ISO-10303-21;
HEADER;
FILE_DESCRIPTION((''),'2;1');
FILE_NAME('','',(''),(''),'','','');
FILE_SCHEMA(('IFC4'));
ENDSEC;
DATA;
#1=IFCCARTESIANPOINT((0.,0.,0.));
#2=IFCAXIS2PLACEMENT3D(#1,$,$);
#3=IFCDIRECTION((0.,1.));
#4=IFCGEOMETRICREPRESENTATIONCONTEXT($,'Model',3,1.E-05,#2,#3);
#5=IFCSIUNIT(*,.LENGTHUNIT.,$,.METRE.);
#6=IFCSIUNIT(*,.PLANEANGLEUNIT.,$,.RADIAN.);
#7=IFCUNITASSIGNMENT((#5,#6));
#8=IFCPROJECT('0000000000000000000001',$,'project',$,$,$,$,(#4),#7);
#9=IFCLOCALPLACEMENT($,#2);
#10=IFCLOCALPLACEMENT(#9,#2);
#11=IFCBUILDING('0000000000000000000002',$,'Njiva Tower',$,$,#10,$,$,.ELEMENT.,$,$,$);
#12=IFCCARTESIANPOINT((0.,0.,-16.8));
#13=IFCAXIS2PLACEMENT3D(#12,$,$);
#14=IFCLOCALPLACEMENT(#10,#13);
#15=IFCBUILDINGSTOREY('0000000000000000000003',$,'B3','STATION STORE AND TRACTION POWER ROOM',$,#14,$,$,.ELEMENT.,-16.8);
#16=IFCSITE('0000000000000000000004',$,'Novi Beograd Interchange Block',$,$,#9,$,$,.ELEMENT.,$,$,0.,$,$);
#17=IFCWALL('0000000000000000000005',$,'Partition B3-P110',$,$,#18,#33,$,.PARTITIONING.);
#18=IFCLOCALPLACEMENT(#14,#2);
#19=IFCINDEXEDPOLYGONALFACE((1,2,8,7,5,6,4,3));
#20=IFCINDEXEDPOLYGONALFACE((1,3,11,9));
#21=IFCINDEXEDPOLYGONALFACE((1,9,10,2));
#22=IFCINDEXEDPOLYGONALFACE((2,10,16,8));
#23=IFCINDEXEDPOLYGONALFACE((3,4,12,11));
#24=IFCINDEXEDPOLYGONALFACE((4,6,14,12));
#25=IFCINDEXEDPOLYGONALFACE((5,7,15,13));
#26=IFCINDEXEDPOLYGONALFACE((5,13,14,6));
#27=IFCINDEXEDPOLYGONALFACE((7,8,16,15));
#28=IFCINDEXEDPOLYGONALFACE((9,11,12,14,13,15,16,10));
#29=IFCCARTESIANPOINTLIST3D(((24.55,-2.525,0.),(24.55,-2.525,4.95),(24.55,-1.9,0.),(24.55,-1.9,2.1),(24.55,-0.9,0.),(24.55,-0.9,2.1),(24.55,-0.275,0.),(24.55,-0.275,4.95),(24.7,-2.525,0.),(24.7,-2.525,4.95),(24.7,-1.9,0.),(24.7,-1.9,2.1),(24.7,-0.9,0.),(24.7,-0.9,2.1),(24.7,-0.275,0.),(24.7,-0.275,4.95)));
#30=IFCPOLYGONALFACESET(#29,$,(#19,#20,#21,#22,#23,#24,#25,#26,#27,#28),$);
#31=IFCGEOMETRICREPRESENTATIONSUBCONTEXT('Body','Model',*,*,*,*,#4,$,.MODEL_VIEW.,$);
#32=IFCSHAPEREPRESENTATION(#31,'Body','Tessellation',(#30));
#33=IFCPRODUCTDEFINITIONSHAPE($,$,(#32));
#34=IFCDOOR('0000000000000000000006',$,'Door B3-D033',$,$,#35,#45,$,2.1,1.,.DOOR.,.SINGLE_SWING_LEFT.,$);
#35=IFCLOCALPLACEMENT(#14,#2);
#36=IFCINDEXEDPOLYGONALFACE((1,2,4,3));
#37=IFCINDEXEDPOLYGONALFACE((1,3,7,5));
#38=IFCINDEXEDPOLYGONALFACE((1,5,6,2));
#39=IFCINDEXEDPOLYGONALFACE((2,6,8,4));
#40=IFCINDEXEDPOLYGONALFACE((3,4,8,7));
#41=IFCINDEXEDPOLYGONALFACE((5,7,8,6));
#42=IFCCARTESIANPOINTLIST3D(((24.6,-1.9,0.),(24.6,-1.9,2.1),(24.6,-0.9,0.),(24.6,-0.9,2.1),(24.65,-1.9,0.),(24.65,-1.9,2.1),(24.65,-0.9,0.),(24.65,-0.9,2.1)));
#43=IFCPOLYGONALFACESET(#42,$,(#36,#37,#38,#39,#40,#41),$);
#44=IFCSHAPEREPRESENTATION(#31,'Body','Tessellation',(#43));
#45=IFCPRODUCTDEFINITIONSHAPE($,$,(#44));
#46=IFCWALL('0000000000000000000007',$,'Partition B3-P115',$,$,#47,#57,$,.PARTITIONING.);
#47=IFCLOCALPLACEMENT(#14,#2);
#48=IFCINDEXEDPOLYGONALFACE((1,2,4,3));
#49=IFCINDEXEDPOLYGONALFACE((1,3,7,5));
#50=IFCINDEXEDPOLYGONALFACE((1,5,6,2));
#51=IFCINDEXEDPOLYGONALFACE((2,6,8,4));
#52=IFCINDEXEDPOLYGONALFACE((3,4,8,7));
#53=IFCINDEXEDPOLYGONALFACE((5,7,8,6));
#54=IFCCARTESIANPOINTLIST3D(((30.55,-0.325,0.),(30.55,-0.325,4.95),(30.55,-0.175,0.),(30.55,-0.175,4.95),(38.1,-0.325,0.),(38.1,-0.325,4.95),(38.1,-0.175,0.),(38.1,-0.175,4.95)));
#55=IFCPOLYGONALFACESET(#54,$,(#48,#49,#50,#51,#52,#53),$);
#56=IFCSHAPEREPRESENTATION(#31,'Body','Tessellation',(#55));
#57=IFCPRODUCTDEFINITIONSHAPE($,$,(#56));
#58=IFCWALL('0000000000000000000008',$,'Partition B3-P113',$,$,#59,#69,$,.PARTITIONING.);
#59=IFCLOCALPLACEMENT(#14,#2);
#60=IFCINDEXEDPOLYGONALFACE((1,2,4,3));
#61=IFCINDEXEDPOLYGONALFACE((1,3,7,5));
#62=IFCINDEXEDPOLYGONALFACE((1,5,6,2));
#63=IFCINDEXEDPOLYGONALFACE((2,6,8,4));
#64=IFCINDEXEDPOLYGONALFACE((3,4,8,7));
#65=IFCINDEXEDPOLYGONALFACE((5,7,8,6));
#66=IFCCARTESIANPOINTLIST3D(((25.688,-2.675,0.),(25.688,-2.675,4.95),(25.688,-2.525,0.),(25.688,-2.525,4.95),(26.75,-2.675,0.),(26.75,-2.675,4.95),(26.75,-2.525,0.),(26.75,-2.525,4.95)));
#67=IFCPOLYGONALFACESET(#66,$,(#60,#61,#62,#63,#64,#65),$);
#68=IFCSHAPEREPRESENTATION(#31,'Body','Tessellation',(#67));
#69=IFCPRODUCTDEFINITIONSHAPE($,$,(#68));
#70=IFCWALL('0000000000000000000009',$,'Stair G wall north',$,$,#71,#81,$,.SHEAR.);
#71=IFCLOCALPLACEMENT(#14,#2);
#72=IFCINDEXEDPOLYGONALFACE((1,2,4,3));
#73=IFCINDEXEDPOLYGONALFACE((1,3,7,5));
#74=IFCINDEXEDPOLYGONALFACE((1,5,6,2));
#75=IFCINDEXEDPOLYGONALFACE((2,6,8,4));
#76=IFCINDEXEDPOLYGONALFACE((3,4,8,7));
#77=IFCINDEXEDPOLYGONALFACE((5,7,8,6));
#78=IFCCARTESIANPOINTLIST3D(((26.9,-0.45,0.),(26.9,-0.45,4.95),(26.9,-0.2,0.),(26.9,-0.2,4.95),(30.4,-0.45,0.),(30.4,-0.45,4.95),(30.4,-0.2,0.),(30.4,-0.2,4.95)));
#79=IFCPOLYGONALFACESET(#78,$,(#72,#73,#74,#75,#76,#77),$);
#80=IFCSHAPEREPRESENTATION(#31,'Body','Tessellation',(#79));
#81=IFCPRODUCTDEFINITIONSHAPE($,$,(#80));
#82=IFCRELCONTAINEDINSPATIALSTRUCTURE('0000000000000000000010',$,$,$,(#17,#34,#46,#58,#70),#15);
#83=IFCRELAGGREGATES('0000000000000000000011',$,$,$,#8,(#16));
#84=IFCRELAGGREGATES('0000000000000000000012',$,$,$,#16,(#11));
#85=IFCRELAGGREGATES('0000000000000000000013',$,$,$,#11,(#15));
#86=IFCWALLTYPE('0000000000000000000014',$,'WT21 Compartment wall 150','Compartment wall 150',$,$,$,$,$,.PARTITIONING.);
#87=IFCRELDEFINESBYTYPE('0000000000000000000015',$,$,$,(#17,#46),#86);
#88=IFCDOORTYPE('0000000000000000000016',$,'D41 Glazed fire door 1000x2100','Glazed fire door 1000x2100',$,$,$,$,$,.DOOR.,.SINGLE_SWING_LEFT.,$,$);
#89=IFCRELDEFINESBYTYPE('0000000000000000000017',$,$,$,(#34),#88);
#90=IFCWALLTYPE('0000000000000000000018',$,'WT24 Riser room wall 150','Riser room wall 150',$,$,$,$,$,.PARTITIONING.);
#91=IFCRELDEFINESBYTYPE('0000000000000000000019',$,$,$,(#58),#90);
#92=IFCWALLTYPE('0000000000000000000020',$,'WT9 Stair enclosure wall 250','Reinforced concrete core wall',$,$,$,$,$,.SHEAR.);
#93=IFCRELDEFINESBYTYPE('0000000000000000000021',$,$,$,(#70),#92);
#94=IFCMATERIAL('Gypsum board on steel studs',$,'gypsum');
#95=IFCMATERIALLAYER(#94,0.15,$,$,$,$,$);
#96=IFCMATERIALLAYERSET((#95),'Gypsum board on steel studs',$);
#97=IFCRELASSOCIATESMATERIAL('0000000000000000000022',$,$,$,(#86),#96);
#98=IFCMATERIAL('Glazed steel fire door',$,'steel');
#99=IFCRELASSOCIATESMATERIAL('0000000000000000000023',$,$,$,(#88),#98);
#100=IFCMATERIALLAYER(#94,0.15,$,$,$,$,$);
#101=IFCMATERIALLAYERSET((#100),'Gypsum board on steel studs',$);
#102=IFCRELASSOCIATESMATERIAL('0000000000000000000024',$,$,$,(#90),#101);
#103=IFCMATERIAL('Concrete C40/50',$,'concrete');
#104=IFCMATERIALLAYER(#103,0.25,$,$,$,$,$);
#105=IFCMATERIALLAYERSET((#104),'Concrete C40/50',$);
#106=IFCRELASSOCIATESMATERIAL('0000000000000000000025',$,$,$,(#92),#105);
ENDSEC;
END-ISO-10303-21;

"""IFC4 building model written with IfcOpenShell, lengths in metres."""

from ifc_helpers import new_model, si_unit, direction, frame, frame_2d, origin, place, context, subcontext, project, spatial, rectangle, extrude, material, layer, layer_set, type_object, element, fill, save


model = new_model("IFC4")

# Units and contexts
model_context = context("Model", 3, precision=1e-05, world=origin(), true_north=direction((0.0, 1.0)))
body_context = subcontext(model_context, "Body", "Model", "MODEL_VIEW")
ifc_project = project(units=[si_unit("LENGTHUNIT", "METRE"), si_unit("PLANEANGLEUNIT", "RADIAN")], contexts=[model_context])

# Site, building, storey
site_placement = place(None, origin())
site = spatial("IfcSite", under=ifc_project, at=site_placement, Name="Novi Beograd Interchange Block", CompositionType="ELEMENT", RefElevation=0.0)
building_placement = place(site_placement, origin())
building = spatial("IfcBuilding", under=site, at=building_placement, Name="Njiva Tower", CompositionType="ELEMENT")
storey_placement = place(building_placement, frame((0.0, 0.0, -16.8)))
storey = spatial("IfcBuildingStorey", under=building, at=storey_placement, Name="B3", Description="STATION STORE AND TRACTION POWER ROOM", CompositionType="ELEMENT", Elevation=-16.8)

# Wall, opening, door
ifc_material_1 = material(Name="Gypsum board on steel studs", Category="gypsum")
ifc_layer_1 = layer(ifc_material_1, 0.15)
ifc_layer_set_1 = layer_set([ifc_layer_1], Name="Gypsum board on steel studs")
wall_type_1 = type_object("IfcWallType", Name="WT21 Compartment wall 150", Description="Compartment wall 150", PredefinedType="PARTITIONING", material=ifc_layer_set_1)
wall_1_placement = place(storey_placement, frame((24.625, -2.525, 0.0), z_axis=(0.0, 0.0, 1.0), x_axis=(0.0, 1.0, 0.0)))
wall_1 = element("IfcWall", 1, at=wall_1_placement, inside=storey, type_object=wall_type_1, Name="Partition B3-P110", PredefinedType="PARTITIONING", context=body_context, shape_type="SweptSolid", body=[
    extrude(rectangle(XDim=2.25, YDim=0.15, at=frame_2d((1.125, 0.0))), origin(), (0.0, 0.0, 1.0), 4.95),
])
opening_placement = place(wall_1_placement, frame((0.625, 0.0, 0.0)))
opening = element("IfcOpeningElement", 2, at=opening_placement, cuts=wall_1, PredefinedType="OPENING", context=body_context, shape_type="SweptSolid", body=[
    extrude(rectangle(XDim=1.0, YDim=2.1, at=frame_2d((0.5, 1.05))), frame((0.0, 0.085, 0.0), z_axis=(0.0, -1.0, 0.0), x_axis=(1.0, 0.0, 0.0)), (0.0, 0.0, 1.0), 0.17),
])
ifc_material_2 = material(Name="Glazed steel fire door", Category="steel")
door_type = type_object("IfcDoorType", Name="D41 Glazed fire door 1000x2100", Description="Glazed fire door 1000x2100", OperationType="SINGLE_SWING_LEFT", PredefinedType="DOOR", material=ifc_material_2)
door_placement = place(opening_placement, origin())
door = element("IfcDoor", 3, at=door_placement, inside=storey, type_object=door_type, Name="Door B3-D033", OperationType="SINGLE_SWING_LEFT", OverallHeight=2.1, OverallWidth=1.0, PredefinedType="DOOR", context=body_context, shape_type="SweptSolid", body=[
    extrude(rectangle(XDim=1.0, YDim=2.1, at=frame_2d((0.5, 1.05))), frame((0.0, 0.025, 0.0), z_axis=(0.0, -1.0, 0.0), x_axis=(1.0, 0.0, 0.0)), (0.0, 0.0, 1.0), 0.05),
])
fill(opening, door)

# Walls
wall_2_placement = place(storey_placement, frame((30.55, -0.25, 0.0), z_axis=(0.0, 0.0, 1.0), x_axis=(1.0, 0.0, 0.0)))
element("IfcWall", 4, at=wall_2_placement, inside=storey, type_object=wall_type_1, Name="Partition B3-P115", PredefinedType="PARTITIONING", context=body_context, shape_type="SweptSolid", body=[
    extrude(rectangle(XDim=7.55, YDim=0.15, at=frame_2d((3.775, 0.0))), origin(), (0.0, 0.0, 1.0), 4.95),
])
ifc_layer_2 = layer(ifc_material_1, 0.15)
ifc_layer_set_2 = layer_set([ifc_layer_2], Name="Gypsum board on steel studs")
wall_type_2 = type_object("IfcWallType", Name="WT24 Riser room wall 150", Description="Riser room wall 150", PredefinedType="PARTITIONING", material=ifc_layer_set_2)
wall_3_placement = place(storey_placement, frame((25.688, -2.6, 0.0), z_axis=(0.0, 0.0, 1.0), x_axis=(1.0, 0.0, 0.0)))
element("IfcWall", 5, at=wall_3_placement, inside=storey, type_object=wall_type_2, Name="Partition B3-P113", PredefinedType="PARTITIONING", context=body_context, shape_type="SweptSolid", body=[
    extrude(rectangle(XDim=1.062, YDim=0.15, at=frame_2d((0.531, 0.0))), origin(), (0.0, 0.0, 1.0), 4.95),
])
ifc_material_3 = material(Name="Concrete C40/50", Category="concrete")
ifc_layer_3 = layer(ifc_material_3, 0.25)
ifc_layer_set_3 = layer_set([ifc_layer_3], Name="Concrete C40/50")
wall_type_3 = type_object("IfcWallType", Name="WT9 Stair enclosure wall 250", Description="Reinforced concrete core wall", PredefinedType="SHEAR", material=ifc_layer_set_3)
wall_4_placement = place(storey_placement, frame((26.9, -0.325, 0.0), z_axis=(0.0, 0.0, 1.0), x_axis=(1.0, 0.0, 0.0)))
element("IfcWall", 6, at=wall_4_placement, inside=storey, type_object=wall_type_3, Name="Stair G wall north", PredefinedType="SHEAR", context=body_context, shape_type="SweptSolid", body=[
    extrude(rectangle(XDim=3.5, YDim=0.25, at=frame_2d((1.75, 0.0))), origin(), (0.0, 0.0, 1.0), 4.95),
])

save(model, "model.ifc")
